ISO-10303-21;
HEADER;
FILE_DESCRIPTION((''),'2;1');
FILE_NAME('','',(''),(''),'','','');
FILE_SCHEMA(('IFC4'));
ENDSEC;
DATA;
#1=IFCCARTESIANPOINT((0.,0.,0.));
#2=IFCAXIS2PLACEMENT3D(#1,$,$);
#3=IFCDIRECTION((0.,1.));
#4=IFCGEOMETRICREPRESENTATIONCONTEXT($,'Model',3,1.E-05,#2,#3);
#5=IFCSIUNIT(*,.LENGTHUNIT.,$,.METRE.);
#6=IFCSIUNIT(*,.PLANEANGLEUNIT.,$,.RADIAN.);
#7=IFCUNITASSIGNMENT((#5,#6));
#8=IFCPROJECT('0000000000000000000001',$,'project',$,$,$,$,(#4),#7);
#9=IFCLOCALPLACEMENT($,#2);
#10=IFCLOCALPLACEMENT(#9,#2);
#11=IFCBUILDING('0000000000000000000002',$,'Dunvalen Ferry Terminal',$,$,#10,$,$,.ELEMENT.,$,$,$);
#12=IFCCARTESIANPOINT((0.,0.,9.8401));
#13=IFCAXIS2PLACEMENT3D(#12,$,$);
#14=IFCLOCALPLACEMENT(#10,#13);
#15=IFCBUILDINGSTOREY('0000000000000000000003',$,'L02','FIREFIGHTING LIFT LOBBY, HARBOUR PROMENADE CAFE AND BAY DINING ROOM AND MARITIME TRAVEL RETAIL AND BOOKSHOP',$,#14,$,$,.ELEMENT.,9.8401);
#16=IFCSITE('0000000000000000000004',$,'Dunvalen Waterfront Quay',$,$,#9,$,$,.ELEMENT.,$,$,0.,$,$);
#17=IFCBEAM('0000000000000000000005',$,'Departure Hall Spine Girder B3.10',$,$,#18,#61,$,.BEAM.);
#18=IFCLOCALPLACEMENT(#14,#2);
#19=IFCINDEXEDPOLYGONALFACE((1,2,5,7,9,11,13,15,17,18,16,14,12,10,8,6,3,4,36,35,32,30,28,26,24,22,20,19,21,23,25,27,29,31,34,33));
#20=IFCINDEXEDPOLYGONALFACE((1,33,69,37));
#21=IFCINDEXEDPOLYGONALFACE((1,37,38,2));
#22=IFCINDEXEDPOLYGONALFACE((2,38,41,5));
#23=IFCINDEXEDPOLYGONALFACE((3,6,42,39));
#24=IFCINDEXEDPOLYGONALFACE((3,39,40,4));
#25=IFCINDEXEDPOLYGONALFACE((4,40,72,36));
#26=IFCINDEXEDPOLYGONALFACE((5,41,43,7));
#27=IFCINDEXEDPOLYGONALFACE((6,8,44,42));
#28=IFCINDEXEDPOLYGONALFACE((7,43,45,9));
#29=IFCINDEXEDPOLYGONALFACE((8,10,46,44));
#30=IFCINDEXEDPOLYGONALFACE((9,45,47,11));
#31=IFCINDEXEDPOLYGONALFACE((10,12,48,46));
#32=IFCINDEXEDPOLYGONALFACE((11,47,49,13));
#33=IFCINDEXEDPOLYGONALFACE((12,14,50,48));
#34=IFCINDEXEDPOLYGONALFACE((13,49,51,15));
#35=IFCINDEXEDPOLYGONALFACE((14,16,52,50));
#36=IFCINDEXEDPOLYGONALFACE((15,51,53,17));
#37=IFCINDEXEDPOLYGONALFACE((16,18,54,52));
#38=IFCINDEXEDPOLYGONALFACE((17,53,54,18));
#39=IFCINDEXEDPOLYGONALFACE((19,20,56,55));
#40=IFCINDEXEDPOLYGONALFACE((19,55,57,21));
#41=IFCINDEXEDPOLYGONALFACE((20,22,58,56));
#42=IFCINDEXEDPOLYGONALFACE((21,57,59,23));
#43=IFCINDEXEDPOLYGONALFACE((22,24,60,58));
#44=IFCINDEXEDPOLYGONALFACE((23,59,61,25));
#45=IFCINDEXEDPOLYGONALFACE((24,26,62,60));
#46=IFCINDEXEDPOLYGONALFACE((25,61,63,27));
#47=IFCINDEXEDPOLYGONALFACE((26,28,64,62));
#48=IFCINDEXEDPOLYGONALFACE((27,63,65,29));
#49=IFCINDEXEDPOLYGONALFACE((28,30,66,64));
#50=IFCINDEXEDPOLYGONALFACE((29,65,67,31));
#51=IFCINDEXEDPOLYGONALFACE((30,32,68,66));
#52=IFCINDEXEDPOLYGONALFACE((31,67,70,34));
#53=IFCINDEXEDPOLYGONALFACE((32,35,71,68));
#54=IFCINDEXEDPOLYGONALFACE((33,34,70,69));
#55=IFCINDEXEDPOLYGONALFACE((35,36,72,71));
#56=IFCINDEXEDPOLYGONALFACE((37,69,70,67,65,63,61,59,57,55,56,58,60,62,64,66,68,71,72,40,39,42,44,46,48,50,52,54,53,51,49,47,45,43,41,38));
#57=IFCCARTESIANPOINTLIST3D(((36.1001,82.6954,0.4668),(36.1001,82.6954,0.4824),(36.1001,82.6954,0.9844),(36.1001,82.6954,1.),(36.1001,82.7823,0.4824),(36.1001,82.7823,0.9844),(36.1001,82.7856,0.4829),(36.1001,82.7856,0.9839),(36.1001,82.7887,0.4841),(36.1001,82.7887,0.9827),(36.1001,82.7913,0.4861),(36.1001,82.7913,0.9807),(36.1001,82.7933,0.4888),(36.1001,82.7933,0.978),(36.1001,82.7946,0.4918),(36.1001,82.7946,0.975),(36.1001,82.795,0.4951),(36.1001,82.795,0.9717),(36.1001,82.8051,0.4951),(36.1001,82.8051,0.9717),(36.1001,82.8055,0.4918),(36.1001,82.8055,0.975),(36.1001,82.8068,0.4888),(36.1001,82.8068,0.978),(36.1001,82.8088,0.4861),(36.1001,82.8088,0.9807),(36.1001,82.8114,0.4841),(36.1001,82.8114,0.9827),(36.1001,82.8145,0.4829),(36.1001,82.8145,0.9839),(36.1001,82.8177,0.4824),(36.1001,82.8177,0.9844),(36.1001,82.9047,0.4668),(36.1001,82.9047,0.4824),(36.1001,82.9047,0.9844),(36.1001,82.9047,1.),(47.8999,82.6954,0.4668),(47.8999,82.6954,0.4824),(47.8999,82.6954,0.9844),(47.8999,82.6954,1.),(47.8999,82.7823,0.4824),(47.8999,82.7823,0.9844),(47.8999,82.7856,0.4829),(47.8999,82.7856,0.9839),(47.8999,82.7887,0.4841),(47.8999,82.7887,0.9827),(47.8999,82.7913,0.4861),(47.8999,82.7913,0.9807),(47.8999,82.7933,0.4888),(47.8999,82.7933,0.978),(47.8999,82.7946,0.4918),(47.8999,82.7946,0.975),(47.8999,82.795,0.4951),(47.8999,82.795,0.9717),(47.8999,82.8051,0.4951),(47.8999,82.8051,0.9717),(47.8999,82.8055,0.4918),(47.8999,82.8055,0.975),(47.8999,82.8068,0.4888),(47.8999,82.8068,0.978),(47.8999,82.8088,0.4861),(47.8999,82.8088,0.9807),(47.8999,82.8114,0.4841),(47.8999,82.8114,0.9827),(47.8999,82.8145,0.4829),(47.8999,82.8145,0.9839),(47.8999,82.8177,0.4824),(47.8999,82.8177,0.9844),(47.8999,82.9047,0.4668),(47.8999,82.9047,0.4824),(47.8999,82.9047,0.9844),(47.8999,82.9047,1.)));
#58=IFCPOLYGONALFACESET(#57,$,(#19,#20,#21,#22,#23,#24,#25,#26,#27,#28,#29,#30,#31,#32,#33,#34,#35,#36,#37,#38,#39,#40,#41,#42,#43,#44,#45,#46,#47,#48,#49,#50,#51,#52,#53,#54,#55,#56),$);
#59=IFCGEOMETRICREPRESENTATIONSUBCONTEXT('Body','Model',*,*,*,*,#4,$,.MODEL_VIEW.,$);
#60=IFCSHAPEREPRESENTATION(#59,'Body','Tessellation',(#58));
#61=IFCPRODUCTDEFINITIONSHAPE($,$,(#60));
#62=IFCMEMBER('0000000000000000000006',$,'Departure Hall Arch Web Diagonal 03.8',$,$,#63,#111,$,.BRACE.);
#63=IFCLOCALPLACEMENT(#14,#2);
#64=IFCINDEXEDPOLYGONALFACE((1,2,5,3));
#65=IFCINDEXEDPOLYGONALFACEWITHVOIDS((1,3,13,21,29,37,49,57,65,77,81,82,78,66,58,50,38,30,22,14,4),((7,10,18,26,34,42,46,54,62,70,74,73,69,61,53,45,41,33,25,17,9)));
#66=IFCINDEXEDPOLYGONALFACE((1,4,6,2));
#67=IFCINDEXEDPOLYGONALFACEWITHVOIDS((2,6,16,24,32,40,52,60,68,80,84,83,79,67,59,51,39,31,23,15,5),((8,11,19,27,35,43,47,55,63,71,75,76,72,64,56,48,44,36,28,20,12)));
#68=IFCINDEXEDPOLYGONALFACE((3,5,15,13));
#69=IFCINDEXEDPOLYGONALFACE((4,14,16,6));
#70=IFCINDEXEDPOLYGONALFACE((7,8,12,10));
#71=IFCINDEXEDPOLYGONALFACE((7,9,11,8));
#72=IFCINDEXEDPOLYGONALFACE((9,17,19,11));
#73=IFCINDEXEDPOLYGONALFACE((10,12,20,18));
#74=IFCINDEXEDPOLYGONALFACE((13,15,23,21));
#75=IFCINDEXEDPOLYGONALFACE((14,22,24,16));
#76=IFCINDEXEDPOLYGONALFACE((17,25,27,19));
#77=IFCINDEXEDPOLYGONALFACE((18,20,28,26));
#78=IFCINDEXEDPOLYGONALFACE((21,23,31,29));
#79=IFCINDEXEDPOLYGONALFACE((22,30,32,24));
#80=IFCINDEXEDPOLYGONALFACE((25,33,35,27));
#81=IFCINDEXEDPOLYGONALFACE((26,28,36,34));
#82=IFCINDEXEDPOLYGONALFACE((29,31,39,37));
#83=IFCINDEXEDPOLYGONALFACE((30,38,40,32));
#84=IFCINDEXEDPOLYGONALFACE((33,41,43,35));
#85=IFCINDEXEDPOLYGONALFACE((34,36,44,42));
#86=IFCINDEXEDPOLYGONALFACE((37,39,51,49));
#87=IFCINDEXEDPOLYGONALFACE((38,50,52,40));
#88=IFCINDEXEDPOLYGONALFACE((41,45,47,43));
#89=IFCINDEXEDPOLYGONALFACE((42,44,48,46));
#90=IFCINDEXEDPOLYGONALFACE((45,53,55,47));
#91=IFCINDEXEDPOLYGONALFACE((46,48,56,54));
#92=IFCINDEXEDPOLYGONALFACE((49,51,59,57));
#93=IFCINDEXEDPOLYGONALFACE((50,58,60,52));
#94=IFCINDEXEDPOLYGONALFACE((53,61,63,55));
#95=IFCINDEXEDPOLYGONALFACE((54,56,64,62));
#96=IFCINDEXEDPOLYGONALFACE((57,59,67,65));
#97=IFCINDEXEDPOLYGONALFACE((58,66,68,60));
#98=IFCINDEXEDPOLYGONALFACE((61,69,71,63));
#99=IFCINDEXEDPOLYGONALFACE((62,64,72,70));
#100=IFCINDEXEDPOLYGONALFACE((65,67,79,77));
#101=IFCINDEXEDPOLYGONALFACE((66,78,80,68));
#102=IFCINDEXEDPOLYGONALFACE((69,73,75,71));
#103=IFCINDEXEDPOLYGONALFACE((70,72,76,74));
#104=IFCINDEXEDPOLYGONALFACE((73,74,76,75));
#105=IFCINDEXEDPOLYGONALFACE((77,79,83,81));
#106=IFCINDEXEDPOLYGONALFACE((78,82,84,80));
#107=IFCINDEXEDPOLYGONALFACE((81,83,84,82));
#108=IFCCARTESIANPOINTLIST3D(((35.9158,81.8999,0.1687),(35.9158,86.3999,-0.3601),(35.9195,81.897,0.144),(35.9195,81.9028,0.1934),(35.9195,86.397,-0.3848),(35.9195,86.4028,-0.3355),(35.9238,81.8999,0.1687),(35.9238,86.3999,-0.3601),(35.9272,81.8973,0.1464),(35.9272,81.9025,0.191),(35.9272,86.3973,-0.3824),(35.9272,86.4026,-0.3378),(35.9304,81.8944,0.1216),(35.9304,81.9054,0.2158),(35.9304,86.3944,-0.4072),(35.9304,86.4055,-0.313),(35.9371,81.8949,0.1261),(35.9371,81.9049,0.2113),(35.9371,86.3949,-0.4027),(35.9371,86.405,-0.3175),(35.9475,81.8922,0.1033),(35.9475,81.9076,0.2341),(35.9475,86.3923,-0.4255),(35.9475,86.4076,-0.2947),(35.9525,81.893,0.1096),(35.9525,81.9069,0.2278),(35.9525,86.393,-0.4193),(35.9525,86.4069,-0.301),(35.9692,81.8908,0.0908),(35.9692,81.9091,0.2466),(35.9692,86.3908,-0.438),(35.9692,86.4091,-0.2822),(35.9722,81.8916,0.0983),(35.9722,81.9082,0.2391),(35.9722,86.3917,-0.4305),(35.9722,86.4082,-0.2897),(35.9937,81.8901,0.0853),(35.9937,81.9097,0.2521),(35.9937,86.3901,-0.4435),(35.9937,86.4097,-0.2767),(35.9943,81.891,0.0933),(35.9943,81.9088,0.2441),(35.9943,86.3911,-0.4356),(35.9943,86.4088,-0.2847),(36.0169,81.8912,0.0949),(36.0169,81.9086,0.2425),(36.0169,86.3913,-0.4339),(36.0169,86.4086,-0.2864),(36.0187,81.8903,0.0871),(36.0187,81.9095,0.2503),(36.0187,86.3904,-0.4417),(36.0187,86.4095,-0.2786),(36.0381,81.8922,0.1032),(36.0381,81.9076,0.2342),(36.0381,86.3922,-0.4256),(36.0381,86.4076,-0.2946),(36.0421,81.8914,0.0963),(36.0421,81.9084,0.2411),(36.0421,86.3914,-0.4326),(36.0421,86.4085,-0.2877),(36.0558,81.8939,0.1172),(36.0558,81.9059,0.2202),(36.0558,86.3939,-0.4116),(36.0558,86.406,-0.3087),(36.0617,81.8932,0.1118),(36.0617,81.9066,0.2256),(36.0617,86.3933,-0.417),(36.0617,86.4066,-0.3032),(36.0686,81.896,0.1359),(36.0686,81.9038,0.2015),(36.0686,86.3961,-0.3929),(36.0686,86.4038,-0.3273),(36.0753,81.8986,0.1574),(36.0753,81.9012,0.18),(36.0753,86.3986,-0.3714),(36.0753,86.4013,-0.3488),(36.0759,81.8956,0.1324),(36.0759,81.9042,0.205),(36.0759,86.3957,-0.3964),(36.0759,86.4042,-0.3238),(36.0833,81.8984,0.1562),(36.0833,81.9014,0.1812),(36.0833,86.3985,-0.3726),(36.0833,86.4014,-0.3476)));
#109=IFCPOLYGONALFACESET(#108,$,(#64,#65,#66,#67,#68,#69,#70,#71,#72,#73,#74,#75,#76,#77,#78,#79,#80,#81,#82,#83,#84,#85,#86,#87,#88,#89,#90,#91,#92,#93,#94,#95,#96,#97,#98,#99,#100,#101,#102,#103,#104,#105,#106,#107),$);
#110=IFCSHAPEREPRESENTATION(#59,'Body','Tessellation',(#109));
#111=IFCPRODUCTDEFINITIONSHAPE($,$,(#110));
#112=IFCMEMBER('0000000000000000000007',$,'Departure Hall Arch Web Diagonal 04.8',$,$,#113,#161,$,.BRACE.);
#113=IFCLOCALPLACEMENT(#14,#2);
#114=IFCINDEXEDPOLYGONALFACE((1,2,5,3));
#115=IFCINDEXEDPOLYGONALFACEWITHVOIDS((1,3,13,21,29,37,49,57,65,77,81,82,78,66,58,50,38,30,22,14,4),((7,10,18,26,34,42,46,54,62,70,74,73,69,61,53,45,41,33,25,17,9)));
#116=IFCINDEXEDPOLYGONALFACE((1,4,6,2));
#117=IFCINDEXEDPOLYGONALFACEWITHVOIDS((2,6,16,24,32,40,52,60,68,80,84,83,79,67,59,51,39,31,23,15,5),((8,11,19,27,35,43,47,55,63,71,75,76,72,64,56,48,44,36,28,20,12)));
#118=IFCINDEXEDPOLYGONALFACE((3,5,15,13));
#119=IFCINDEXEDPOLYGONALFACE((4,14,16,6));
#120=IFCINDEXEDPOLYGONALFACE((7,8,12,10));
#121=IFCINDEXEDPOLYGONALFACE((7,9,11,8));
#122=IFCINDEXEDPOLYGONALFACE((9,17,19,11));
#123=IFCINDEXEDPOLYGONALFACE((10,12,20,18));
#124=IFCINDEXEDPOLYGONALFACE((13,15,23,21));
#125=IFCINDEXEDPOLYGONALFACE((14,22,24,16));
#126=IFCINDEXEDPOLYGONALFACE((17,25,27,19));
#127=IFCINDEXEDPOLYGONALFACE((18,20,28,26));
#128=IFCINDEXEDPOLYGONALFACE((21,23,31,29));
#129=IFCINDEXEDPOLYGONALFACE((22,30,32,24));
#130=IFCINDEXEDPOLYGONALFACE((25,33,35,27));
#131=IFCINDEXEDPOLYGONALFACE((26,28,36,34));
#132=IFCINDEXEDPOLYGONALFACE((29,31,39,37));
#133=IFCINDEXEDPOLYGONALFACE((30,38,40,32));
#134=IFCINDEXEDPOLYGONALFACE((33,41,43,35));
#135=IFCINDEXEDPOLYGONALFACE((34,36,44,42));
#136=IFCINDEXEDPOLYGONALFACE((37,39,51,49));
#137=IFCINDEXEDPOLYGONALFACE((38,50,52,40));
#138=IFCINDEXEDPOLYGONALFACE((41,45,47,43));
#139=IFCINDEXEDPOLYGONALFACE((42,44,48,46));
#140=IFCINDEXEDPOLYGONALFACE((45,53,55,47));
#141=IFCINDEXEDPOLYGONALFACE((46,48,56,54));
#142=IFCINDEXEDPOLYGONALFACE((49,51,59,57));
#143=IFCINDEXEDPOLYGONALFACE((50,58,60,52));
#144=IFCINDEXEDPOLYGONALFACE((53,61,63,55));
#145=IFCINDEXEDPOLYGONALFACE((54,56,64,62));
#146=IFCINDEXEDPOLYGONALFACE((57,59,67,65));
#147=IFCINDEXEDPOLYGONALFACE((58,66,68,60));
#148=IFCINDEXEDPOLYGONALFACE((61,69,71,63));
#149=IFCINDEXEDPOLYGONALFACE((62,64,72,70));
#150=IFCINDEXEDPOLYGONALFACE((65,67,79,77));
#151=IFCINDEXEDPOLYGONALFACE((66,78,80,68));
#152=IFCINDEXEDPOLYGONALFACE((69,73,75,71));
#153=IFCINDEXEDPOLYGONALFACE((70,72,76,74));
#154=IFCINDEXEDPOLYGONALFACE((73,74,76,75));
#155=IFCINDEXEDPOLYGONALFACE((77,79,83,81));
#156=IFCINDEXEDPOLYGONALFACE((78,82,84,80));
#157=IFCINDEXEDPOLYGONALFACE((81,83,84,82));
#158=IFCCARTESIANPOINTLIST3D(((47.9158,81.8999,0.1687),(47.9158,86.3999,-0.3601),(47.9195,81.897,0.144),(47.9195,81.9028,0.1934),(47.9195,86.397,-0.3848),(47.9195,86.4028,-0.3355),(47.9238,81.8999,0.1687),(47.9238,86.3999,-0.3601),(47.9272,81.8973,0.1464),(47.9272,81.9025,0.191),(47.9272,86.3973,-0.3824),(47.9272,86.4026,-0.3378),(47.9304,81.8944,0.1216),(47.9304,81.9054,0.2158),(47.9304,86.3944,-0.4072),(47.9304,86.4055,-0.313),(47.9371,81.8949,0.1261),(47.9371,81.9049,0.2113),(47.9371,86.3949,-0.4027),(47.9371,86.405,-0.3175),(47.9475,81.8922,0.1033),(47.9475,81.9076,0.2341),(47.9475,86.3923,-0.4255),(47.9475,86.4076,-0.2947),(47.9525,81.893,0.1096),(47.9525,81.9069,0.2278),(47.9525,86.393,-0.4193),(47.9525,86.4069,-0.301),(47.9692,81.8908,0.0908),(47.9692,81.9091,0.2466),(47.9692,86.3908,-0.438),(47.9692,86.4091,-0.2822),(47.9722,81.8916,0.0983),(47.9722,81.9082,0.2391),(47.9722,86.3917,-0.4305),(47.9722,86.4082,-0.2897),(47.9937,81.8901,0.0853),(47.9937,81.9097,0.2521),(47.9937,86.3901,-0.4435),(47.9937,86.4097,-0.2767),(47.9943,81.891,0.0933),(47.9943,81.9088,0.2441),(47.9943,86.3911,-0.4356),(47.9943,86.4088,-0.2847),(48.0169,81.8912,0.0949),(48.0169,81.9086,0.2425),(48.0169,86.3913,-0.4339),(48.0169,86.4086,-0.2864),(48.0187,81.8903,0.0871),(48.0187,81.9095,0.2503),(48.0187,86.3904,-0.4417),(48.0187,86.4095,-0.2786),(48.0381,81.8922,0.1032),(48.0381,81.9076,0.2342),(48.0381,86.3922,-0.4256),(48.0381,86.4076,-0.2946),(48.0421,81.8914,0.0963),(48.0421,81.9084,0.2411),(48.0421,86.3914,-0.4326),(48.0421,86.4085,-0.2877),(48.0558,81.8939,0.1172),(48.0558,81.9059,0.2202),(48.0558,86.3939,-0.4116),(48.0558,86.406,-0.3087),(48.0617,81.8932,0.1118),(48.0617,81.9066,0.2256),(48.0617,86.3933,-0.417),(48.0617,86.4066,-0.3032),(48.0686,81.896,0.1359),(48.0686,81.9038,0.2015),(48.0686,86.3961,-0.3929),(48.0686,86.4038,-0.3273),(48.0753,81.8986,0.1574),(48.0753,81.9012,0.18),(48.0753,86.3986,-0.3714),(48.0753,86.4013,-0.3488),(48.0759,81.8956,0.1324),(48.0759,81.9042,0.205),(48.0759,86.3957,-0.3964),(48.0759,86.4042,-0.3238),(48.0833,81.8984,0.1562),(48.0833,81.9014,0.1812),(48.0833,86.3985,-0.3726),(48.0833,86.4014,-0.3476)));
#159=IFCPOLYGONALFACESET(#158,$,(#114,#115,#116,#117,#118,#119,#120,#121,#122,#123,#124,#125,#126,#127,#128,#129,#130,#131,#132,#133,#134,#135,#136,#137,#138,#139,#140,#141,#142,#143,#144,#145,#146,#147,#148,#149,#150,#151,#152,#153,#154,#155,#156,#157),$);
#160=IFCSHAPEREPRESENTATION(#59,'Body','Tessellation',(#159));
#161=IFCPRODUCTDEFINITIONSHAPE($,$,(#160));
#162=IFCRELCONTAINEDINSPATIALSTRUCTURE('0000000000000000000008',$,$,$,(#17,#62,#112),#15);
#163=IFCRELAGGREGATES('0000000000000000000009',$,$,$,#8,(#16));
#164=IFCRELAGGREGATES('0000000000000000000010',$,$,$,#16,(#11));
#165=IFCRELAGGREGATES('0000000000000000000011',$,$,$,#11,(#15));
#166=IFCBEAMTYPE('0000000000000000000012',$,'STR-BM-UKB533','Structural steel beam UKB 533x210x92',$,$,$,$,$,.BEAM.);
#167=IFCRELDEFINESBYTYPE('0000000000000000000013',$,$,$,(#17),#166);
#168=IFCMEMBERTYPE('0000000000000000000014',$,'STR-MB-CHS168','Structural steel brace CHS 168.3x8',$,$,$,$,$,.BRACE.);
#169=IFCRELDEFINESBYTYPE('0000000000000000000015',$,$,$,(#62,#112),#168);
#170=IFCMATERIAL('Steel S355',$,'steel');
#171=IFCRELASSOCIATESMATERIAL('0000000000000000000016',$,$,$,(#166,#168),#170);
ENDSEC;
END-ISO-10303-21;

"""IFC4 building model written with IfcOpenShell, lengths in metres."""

from ifc_helpers import new_model, si_unit, direction, frame, origin, origin_2d, place, context, subcontext, project, spatial, hollow_circle, i_section, extrude, material, material_profile, profile_set, type_object, element, save


model = new_model("IFC4")

# Units and contexts
model_context = context("Model", 3, precision=1e-05, world=origin(), true_north=direction((0.0, 1.0)))
body_context = subcontext(model_context, "Body", "Model", "MODEL_VIEW")
ifc_project = project(units=[si_unit("LENGTHUNIT", "METRE"), si_unit("PLANEANGLEUNIT", "RADIAN")], contexts=[model_context])

# Site, building, storey
site_placement = place(None, origin())
site = spatial("IfcSite", under=ifc_project, at=site_placement, Name="Dunvalen Waterfront Quay", CompositionType="ELEMENT", RefElevation=0.0)
building_placement = place(site_placement, origin())
building = spatial("IfcBuilding", under=site, at=building_placement, Name="Dunvalen Ferry Terminal", CompositionType="ELEMENT")
storey_placement = place(building_placement, frame((0.0, 0.0, 9.8401)))
storey = spatial("IfcBuildingStorey", under=building, at=storey_placement, Name="L02", Description="FIREFIGHTING LIFT LOBBY, HARBOUR PROMENADE CAFE AND BAY DINING ROOM AND MARITIME TRAVEL RETAIL AND BOOKSHOP", CompositionType="ELEMENT", Elevation=9.8401)

# Beam
ifc_material_1 = material(Name="Steel S355", Category="steel")
ifc_material_profile_1 = material_profile(ifc_material_1, i_section(OverallWidth=0.2092, OverallDepth=0.5332, WebThickness=0.01, FlangeThickness=0.0156, FilletRadius=0.0127, at=origin_2d()), Name="Steel S355")
ifc_profile_set_1 = profile_set([ifc_material_profile_1], Name="Steel S355")
beam_type_1 = type_object("IfcBeamType", Name="STR-BM-UKB533", Description="Structural steel beam UKB 533x210x92", PredefinedType="BEAM", material=ifc_profile_set_1)
beam_1_placement = place(storey_placement, frame((36.1001, 82.8, 0.7334), z_axis=(1.0, 0.0, 0.0), x_axis=(0.0, 1.0, 0.0)))
element("IfcBeam", 1, at=beam_1_placement, inside=storey, type_object=beam_type_1, Name="Departure Hall Spine Girder B3.10", PredefinedType="BEAM", context=body_context, shape_type="SweptSolid", body=[
    extrude(i_section(OverallWidth=0.2092, OverallDepth=0.5332, WebThickness=0.01, FlangeThickness=0.0156, FilletRadius=0.0127, at=origin_2d()), origin(), (0.0, 0.0, 1.0), 11.7998),
])

# Members
ifc_material_profile_2 = material_profile(ifc_material_1, hollow_circle(Radius=0.0842, WallThickness=0.0081, at=origin_2d()), Name="Steel S355")
ifc_profile_set_2 = profile_set([ifc_material_profile_2], Name="Steel S355")
member_type_1 = type_object("IfcMemberType", Name="STR-MB-CHS168", Description="Structural steel brace CHS 168.3x8", PredefinedType="BRACE", material=ifc_profile_set_2)
for number, where, z_axis, x_axis, name in (
    (2, (36.0, 81.8999, 0.1687), (0.0, 0.993166, -0.11671), (-1.0, 0.0, 0.0), "Departure Hall Arch Web Diagonal 03.8"),
    (3, (48.0, 81.8999, 0.1687), (0.0, 0.993166, -0.11671), (-1.0, 0.0, 0.0), "Departure Hall Arch Web Diagonal 04.8"),
):
    element("IfcMember", number, at=place(storey_placement, frame(where, z_axis=z_axis, x_axis=x_axis)), inside=storey, type_object=member_type_1, Name=name, PredefinedType="BRACE", context=body_context, shape_type="SweptSolid", body=[
        extrude(hollow_circle(Radius=0.0842, WallThickness=0.0081, at=origin_2d()), origin(), (0.0, 0.0, 1.0), 4.531),
    ])

save(model, "model.ifc")
